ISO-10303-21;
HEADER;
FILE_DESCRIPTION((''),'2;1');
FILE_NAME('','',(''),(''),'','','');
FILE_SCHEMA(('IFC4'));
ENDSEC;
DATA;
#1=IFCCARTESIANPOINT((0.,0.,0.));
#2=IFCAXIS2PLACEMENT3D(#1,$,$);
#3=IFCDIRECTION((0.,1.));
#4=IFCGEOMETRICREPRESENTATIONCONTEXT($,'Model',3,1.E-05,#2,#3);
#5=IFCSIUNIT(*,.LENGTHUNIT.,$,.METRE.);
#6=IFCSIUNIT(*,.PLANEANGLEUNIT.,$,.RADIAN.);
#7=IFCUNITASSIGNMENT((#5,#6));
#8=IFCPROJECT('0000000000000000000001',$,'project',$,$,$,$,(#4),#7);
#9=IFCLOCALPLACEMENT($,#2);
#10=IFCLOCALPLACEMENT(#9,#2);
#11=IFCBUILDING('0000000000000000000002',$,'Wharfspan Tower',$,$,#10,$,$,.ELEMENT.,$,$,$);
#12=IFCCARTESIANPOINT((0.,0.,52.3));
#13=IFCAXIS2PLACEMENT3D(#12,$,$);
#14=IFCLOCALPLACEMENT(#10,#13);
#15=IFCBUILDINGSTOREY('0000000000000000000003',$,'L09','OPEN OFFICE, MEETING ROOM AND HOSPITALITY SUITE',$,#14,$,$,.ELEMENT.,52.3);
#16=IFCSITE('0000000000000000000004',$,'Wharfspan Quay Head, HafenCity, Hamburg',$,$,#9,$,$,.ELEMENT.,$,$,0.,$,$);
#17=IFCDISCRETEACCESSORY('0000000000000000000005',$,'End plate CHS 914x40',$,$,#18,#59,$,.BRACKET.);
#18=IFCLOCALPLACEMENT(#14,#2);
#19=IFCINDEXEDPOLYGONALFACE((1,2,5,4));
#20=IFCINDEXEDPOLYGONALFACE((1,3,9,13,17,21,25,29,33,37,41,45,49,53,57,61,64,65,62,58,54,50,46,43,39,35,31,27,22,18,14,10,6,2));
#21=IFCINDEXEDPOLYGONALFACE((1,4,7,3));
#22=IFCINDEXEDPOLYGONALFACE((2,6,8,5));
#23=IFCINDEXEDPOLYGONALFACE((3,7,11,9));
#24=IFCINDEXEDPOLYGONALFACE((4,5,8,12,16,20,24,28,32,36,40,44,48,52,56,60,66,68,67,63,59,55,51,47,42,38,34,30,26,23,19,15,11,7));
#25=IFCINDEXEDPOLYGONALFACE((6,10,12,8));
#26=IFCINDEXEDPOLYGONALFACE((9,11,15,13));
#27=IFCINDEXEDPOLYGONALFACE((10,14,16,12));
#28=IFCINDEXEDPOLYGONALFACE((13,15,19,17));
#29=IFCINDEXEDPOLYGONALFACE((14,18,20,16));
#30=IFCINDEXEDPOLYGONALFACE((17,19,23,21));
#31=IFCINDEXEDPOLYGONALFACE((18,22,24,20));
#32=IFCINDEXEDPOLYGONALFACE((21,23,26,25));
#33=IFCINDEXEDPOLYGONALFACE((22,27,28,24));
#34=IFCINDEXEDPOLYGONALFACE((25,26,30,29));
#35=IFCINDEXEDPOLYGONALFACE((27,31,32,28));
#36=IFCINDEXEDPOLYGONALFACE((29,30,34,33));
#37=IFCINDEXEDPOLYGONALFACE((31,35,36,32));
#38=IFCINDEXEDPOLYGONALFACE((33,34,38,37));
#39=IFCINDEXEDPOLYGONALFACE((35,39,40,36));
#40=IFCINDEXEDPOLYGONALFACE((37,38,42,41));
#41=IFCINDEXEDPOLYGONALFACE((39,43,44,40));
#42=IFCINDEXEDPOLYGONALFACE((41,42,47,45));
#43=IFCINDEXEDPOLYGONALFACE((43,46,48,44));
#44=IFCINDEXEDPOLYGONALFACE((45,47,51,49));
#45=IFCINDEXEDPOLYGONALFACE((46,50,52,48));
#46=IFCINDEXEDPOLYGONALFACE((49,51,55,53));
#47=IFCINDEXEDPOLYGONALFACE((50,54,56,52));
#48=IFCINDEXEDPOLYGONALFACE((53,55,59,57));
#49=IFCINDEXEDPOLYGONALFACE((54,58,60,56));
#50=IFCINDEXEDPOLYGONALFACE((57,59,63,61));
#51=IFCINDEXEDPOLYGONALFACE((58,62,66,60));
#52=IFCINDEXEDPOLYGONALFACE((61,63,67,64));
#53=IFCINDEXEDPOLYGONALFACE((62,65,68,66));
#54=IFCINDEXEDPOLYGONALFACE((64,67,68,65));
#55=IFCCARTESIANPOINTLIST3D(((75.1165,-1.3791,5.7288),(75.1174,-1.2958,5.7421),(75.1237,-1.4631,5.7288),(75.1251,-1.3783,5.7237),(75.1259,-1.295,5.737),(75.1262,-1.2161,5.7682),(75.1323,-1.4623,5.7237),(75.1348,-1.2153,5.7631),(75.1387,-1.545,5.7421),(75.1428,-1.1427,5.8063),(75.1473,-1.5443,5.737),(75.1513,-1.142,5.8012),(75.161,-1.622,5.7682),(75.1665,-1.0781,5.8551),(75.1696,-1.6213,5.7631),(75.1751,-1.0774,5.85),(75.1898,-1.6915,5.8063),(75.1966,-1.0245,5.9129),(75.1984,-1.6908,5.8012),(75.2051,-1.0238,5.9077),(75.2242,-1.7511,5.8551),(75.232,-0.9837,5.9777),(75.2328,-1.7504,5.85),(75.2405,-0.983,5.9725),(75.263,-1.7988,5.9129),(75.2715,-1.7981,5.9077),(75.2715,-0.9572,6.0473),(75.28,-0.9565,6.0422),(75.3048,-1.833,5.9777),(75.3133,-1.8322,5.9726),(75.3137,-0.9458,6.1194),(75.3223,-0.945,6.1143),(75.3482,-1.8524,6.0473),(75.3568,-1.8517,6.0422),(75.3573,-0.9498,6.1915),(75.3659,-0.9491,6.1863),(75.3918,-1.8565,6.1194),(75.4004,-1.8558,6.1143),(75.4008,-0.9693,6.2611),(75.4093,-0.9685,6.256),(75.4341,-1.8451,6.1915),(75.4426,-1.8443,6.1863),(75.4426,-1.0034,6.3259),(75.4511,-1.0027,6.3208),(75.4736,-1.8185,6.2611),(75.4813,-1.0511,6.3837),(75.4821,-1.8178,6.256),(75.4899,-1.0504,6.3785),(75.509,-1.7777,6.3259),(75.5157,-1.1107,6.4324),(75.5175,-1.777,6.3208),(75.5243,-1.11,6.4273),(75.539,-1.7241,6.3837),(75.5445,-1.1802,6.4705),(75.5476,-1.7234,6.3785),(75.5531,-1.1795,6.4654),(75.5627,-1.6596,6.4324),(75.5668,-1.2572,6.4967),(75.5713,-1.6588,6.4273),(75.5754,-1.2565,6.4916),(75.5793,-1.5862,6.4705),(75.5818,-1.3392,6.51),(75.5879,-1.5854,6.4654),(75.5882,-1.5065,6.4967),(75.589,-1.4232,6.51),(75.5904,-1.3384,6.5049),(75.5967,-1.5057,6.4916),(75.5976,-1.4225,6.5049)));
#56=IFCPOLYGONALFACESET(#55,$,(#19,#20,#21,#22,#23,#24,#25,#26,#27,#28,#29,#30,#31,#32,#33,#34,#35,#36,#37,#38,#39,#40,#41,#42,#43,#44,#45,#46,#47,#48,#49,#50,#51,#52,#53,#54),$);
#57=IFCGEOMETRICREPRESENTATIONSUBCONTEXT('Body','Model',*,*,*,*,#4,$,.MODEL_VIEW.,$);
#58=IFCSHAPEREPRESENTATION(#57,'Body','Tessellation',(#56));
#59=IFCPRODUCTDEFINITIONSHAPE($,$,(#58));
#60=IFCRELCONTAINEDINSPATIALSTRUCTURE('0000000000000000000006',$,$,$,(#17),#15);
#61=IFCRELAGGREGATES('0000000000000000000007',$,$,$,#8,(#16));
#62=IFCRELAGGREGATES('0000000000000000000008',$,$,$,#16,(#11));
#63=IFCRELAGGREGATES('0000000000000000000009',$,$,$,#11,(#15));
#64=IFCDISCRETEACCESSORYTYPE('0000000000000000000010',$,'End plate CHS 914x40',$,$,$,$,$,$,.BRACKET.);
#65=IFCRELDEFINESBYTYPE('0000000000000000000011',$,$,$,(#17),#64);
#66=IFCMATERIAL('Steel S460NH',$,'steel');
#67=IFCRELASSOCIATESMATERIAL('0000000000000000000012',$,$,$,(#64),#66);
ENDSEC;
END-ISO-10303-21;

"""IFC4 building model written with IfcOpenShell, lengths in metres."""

from ifc_helpers import new_model, si_unit, direction, frame, origin, origin_2d, place, context, subcontext, project, spatial, circle, extrude, material, material_profile, profile_set, type_object, element, save


model = new_model("IFC4")

# Units and contexts
model_context = context("Model", 3, precision=1e-05, world=origin(), true_north=direction((0.0, 1.0)))
body_context = subcontext(model_context, "Body", "Model", "MODEL_VIEW")
ifc_project = project(units=[si_unit("LENGTHUNIT", "METRE"), si_unit("PLANEANGLEUNIT", "RADIAN")], contexts=[model_context])

# Site, building, storey
site_placement = place(None, origin())
site = spatial("IfcSite", under=ifc_project, at=site_placement, Name="Wharfspan Quay Head, HafenCity, Hamburg", CompositionType="ELEMENT", RefElevation=0.0)
building_placement = place(site_placement, origin())
building = spatial("IfcBuilding", under=site, at=building_placement, Name="Wharfspan Tower", CompositionType="ELEMENT")
storey_placement = place(building_placement, frame((0.0, 0.0, 52.3)))
storey = spatial("IfcBuildingStorey", under=building, at=storey_placement, Name="L09", Description="OPEN OFFICE, MEETING ROOM AND HOSPITALITY SUITE", CompositionType="ELEMENT", Elevation=52.3)

# Discrete accessory
ifc_material_1 = material(Name="Steel S460NH", Category="steel")
ifc_material_profile_1 = material_profile(ifc_material_1, circle(Radius=0.457, at=origin_2d()))
ifc_profile_set_1 = profile_set([ifc_material_profile_1], Name="Steel S460NH")
discrete_accessory_type = type_object("IfcDiscreteAccessoryType", Name="End plate CHS 914x40", PredefinedType="BRACKET", material=ifc_profile_set_1)
discrete_accessory_1_placement = place(storey_placement, frame((75.3613, -1.4004, 6.1143), z_axis=(-0.855186, -0.073302, 0.513112), x_axis=(0.085402, -0.996345, 0.000001)))
element("IfcDiscreteAccessory", 1, at=discrete_accessory_1_placement, inside=storey, type_object=discrete_accessory_type, Name="End plate CHS 914x40", PredefinedType="BRACKET", context=body_context, shape_type="SweptSolid", body=[
    extrude(circle(Radius=0.457, at=origin_2d()), origin(), (0.0, 0.0, 1.0), 0.01),
])

save(model, "model.ifc")
